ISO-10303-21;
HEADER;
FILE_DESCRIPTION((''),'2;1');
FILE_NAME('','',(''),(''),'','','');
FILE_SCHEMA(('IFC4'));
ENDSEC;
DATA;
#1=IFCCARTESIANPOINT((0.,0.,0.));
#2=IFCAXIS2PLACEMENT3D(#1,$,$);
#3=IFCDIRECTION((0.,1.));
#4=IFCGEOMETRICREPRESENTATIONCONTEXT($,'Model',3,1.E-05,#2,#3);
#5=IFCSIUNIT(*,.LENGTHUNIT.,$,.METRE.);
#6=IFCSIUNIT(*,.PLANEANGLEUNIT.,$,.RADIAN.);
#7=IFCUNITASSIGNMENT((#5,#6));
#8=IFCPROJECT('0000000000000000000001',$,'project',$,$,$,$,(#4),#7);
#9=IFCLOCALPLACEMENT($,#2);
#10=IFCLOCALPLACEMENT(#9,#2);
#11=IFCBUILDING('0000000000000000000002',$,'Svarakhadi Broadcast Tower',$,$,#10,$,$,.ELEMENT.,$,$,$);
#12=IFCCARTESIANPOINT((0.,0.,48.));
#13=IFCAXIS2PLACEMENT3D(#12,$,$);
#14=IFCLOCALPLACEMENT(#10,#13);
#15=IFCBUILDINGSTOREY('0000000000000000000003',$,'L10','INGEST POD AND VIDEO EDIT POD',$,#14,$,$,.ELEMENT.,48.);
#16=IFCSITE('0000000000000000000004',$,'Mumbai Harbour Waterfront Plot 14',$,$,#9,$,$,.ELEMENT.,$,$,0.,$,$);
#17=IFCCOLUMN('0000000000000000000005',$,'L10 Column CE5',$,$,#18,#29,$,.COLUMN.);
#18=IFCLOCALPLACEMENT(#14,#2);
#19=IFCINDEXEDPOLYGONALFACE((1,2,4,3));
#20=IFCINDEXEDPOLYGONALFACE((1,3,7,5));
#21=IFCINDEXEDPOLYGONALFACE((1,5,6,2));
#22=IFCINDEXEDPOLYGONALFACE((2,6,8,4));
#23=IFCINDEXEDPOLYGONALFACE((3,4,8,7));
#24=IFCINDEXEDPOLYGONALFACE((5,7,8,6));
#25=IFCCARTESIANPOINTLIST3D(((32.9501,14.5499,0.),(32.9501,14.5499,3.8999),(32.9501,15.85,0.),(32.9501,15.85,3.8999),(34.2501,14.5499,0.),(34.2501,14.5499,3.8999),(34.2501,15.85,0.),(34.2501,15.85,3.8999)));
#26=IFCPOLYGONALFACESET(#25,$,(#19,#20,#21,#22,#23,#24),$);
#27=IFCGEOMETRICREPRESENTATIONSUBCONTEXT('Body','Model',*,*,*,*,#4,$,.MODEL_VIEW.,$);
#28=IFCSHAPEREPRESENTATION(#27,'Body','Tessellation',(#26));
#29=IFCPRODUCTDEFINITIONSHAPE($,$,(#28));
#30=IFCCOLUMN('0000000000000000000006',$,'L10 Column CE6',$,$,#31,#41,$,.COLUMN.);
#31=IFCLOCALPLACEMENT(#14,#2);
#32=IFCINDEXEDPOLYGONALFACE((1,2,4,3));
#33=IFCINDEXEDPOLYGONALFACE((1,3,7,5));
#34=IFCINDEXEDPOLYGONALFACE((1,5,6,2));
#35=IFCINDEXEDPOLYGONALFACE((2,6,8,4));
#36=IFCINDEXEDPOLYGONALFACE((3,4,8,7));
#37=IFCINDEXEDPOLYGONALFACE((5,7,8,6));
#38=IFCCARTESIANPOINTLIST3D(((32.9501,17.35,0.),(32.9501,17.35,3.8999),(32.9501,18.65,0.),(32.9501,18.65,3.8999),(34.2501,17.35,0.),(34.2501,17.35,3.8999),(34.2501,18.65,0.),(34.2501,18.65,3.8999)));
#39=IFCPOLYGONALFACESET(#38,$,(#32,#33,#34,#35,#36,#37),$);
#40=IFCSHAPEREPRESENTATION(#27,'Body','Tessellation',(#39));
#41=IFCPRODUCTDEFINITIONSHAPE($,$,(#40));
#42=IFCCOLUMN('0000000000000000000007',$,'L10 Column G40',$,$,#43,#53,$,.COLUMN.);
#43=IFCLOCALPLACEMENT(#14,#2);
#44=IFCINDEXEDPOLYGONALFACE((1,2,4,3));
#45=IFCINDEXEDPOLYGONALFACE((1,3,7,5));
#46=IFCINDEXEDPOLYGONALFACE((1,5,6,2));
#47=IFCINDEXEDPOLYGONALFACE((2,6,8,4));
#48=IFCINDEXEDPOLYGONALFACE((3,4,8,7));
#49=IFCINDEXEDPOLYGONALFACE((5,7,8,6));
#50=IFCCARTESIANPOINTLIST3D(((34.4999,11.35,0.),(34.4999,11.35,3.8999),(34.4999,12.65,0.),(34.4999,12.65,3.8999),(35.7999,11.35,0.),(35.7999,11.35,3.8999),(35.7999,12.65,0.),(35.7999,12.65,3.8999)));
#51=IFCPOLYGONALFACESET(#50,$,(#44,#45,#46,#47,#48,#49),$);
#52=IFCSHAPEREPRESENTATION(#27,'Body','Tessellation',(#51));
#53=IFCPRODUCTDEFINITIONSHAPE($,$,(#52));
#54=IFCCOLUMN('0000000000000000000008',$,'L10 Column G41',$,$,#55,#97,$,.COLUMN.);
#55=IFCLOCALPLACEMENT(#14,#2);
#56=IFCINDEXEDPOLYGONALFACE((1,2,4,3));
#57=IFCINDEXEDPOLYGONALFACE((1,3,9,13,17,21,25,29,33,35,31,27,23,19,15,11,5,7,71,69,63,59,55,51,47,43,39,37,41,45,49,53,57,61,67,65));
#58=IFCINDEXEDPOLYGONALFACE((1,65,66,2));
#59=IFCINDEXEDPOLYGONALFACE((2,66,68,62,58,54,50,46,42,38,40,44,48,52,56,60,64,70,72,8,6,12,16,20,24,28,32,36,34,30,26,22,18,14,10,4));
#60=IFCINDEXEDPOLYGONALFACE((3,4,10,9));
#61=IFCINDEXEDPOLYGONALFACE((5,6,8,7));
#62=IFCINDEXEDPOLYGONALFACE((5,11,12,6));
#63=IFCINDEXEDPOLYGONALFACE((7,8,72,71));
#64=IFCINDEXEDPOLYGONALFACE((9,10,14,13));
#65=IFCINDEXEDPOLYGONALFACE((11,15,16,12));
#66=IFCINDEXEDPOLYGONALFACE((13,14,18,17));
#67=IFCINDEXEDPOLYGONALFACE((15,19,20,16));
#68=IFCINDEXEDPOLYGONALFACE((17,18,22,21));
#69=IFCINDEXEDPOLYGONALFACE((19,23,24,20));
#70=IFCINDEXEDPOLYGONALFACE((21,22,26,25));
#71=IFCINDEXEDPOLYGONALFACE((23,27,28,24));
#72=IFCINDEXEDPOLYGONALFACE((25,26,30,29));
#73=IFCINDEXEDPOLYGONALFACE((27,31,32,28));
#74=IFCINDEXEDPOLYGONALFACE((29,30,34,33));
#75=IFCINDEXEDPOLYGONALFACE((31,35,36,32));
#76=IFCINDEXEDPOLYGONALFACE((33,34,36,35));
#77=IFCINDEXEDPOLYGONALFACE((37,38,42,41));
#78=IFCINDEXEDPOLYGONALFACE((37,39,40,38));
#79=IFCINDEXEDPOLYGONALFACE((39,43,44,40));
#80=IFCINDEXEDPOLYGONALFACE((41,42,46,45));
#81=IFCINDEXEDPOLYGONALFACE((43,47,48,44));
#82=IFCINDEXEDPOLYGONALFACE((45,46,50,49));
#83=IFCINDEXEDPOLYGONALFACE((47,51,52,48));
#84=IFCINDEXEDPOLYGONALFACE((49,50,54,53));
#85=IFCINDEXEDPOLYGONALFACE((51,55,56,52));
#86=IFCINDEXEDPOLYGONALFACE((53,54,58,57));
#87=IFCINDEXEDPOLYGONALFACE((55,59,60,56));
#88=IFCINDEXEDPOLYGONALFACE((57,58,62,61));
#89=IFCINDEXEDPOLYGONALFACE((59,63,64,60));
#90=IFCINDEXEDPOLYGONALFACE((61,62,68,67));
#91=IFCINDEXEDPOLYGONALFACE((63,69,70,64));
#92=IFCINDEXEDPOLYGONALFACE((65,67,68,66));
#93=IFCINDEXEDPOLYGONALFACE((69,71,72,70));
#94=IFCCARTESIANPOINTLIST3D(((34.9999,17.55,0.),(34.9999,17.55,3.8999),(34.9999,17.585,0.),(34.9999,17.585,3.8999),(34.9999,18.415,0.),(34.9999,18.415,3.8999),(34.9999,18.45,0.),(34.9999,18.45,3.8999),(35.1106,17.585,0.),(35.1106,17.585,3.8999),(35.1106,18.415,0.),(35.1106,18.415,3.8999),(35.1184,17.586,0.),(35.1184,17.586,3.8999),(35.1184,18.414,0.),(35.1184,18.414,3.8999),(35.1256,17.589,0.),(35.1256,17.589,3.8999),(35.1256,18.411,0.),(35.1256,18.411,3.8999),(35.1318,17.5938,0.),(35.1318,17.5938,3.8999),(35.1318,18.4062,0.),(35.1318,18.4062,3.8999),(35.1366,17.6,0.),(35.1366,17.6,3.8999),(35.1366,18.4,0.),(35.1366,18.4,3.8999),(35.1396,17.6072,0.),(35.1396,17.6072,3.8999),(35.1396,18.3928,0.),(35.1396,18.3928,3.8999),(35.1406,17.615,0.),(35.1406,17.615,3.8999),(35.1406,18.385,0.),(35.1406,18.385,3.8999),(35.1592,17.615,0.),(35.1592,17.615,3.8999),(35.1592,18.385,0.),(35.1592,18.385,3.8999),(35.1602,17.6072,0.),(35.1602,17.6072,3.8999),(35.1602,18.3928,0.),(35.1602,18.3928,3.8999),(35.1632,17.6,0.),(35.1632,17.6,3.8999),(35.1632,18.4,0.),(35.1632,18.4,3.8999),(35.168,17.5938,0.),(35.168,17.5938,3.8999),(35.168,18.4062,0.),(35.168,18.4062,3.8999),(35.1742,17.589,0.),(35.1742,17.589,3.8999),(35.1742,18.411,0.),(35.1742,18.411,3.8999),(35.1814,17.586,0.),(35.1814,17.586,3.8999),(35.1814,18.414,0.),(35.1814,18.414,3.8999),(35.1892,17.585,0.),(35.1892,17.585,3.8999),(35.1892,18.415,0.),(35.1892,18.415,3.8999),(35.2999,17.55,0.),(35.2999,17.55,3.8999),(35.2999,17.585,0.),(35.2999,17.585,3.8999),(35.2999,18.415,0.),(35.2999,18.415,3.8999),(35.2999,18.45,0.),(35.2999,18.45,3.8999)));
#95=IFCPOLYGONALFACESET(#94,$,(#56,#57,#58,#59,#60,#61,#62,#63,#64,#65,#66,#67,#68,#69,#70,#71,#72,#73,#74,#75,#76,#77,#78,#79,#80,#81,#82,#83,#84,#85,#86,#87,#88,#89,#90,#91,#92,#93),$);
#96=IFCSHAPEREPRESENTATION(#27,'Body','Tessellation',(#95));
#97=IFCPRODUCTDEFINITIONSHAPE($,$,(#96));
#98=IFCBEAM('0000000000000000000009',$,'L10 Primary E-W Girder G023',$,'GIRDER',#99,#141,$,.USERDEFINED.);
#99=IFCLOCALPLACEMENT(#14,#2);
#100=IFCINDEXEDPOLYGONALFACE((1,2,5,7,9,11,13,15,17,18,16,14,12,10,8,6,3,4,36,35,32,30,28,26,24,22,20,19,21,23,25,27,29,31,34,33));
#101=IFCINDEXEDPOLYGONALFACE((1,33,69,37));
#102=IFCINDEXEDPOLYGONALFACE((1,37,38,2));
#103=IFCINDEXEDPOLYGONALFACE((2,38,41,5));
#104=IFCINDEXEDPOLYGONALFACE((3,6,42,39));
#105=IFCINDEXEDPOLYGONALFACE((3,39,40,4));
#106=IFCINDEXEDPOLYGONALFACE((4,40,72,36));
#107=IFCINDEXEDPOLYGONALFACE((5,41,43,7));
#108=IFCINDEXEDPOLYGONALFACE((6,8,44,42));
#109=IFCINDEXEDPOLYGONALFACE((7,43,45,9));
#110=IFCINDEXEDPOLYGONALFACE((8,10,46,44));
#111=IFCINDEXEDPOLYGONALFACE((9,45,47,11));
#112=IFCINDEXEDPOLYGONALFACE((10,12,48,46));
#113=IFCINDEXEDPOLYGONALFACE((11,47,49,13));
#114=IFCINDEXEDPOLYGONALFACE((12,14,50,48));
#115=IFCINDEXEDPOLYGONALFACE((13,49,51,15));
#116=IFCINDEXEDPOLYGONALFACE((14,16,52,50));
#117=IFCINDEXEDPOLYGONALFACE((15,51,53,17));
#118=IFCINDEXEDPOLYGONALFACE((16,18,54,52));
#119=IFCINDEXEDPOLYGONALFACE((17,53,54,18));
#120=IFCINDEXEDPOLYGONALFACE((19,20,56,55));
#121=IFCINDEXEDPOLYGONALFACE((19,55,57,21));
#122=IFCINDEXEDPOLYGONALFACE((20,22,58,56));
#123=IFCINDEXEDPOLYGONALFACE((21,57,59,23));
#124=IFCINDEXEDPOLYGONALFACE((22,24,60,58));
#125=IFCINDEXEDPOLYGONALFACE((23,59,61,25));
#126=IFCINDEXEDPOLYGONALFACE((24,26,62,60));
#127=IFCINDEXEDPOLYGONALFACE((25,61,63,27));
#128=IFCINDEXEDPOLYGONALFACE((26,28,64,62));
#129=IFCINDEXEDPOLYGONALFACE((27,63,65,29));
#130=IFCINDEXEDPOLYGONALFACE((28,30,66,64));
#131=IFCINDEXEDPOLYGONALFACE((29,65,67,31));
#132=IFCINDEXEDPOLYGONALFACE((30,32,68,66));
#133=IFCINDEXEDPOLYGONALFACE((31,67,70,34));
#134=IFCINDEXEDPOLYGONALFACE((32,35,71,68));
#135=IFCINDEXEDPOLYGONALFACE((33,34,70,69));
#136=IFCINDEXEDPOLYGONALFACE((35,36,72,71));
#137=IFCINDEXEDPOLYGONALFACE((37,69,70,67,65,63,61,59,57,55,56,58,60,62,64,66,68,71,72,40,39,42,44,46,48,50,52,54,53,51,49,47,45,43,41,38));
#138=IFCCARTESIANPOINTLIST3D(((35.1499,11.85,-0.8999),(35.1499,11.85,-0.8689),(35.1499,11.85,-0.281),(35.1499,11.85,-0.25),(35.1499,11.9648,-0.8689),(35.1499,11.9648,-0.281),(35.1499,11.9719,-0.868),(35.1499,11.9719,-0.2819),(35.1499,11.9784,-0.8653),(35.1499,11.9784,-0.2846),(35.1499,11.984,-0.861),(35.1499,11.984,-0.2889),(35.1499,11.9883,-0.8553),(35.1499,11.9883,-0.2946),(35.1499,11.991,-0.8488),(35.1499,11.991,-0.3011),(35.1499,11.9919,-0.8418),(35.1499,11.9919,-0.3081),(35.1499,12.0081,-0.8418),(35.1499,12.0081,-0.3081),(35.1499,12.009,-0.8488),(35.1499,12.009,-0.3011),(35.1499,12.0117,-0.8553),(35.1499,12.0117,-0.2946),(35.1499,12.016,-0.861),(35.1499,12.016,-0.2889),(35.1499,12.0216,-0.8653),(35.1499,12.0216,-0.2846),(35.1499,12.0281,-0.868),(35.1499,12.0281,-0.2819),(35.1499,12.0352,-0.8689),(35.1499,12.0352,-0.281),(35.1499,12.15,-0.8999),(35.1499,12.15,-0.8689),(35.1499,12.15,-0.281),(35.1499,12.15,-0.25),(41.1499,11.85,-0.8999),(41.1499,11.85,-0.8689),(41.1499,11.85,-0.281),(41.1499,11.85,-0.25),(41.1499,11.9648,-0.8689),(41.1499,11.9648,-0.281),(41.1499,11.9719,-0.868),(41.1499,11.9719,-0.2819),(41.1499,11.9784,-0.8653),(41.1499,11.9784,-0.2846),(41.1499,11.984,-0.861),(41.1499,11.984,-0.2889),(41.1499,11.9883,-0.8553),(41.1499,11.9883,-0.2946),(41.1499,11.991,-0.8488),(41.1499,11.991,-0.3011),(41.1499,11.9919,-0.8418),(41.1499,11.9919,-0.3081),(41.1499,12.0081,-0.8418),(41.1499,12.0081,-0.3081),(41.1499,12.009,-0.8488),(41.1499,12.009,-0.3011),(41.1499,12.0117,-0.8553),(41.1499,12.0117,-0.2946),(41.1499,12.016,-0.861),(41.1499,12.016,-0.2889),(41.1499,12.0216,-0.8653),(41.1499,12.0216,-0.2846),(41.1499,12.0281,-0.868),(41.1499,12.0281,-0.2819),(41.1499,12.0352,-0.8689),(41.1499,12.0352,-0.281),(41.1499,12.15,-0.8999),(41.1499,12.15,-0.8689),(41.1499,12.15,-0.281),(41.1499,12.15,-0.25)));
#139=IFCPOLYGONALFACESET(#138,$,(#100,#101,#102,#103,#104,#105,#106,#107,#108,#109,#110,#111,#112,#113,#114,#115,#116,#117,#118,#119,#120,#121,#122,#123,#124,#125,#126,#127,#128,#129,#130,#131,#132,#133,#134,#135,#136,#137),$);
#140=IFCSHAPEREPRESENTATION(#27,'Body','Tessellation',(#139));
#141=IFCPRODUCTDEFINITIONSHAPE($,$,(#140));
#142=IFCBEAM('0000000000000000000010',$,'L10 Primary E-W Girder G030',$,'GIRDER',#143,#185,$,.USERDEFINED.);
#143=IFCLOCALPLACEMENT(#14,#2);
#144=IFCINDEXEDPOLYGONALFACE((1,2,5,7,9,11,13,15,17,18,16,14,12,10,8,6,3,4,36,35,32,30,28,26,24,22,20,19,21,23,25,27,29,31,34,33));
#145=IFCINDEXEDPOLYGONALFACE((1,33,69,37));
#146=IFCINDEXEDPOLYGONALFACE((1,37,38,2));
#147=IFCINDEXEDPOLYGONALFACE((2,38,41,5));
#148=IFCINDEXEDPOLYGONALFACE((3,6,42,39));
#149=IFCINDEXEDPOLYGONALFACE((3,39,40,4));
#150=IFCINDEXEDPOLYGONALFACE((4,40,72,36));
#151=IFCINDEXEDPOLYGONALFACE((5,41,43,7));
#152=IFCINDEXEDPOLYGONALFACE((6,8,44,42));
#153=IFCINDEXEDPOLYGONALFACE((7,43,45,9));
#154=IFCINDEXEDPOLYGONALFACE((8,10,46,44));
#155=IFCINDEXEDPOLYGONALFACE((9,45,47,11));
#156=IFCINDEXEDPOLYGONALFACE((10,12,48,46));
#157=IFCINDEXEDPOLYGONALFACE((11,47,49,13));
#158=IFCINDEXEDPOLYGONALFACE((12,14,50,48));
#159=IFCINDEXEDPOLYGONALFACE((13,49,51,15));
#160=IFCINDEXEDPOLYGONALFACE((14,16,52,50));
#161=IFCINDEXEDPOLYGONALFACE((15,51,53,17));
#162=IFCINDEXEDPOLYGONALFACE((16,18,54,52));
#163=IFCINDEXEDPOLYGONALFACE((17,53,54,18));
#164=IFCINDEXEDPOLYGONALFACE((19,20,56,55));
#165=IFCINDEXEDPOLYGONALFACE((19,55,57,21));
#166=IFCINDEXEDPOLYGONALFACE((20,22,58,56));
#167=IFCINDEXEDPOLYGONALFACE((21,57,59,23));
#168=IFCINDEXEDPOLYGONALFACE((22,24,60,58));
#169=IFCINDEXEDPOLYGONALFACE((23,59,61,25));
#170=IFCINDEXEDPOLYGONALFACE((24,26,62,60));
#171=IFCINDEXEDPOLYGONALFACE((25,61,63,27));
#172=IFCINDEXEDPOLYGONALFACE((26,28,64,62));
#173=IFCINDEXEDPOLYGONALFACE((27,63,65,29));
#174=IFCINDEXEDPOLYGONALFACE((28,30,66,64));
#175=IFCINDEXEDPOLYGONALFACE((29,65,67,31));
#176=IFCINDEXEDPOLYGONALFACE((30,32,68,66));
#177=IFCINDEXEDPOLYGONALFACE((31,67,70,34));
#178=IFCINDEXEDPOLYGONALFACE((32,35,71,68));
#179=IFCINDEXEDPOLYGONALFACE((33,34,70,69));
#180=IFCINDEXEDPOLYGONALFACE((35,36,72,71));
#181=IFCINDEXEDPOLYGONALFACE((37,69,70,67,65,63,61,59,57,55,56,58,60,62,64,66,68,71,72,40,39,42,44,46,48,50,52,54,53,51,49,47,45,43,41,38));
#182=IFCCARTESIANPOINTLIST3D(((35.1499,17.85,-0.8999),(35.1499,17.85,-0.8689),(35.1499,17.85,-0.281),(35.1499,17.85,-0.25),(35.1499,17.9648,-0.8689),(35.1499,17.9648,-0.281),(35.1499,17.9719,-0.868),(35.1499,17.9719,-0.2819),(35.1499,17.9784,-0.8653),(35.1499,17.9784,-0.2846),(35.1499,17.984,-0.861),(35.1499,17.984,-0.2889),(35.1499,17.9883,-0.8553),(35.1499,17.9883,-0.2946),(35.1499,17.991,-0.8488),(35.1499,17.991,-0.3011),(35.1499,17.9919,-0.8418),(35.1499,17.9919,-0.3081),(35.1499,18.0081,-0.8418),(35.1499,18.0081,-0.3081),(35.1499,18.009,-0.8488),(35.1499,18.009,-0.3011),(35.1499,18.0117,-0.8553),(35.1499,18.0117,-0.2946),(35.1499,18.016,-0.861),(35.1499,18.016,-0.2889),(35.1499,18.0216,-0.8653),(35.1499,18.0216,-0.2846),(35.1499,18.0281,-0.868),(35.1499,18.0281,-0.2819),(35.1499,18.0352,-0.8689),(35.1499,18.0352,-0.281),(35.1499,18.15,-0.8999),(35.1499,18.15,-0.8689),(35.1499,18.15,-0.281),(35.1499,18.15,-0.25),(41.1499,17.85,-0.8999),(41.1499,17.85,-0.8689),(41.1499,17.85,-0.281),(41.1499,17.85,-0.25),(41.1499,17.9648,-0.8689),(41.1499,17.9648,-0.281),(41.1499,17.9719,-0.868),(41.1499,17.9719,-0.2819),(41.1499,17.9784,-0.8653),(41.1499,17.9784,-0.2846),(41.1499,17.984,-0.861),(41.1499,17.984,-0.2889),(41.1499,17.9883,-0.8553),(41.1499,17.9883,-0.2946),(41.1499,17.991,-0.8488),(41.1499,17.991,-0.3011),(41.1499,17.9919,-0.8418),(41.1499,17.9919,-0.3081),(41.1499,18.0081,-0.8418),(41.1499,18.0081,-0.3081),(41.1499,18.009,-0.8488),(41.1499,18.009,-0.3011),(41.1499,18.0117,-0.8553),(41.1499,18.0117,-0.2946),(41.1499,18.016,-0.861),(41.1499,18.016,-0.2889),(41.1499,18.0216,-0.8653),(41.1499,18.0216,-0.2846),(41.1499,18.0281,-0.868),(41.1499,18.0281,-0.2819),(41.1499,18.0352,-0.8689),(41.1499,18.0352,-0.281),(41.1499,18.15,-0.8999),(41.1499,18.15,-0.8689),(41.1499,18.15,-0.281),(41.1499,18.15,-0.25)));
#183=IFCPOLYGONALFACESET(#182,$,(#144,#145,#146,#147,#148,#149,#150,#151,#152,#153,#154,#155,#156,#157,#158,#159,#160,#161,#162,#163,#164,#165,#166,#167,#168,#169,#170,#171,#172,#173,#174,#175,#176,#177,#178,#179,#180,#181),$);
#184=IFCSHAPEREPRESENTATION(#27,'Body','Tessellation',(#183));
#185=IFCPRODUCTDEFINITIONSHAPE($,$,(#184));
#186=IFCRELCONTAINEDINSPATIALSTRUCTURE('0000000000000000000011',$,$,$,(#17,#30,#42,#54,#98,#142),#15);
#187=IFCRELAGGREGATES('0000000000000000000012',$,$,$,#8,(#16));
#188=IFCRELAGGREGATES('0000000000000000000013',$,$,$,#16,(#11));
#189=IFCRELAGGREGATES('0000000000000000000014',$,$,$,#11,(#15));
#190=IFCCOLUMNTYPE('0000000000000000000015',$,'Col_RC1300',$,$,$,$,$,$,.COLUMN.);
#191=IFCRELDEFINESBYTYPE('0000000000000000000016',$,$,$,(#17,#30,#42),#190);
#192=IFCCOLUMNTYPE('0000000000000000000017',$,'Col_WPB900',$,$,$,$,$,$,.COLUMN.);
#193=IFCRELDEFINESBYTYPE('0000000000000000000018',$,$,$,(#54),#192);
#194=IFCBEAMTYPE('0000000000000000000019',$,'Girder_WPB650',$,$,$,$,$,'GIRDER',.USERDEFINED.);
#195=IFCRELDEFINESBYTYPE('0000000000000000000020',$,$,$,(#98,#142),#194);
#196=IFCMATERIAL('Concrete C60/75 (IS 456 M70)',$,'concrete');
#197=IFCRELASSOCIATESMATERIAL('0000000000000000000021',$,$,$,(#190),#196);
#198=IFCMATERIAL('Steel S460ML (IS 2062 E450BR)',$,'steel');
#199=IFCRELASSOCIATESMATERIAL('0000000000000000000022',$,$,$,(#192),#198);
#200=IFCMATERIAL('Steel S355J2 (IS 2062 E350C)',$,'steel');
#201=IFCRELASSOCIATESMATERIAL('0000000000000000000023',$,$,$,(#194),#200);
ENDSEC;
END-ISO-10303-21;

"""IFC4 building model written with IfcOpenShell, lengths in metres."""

from ifc_helpers import new_model, si_unit, direction, frame, origin, origin_2d, place, context, subcontext, project, spatial, rectangle, i_section, extrude, material, material_profile, profile_set, type_object, element, save


model = new_model("IFC4")

# Units and contexts
model_context = context("Model", 3, precision=1e-05, world=origin(), true_north=direction((0.0, 1.0)))
body_context = subcontext(model_context, "Body", "Model", "MODEL_VIEW")
ifc_project = project(units=[si_unit("LENGTHUNIT", "METRE"), si_unit("PLANEANGLEUNIT", "RADIAN")], contexts=[model_context])

# Site, building, storey
site_placement = place(None, origin())
site = spatial("IfcSite", under=ifc_project, at=site_placement, Name="Mumbai Harbour Waterfront Plot 14", CompositionType="ELEMENT", RefElevation=0.0)
building_placement = place(site_placement, origin())
building = spatial("IfcBuilding", under=site, at=building_placement, Name="Svarakhadi Broadcast Tower", CompositionType="ELEMENT")
storey_placement = place(building_placement, frame((0.0, 0.0, 48.0)))
storey = spatial("IfcBuildingStorey", under=building, at=storey_placement, Name="L10", Description="INGEST POD AND VIDEO EDIT POD", CompositionType="ELEMENT", Elevation=48.0)

# Columns
ifc_material_1 = material(Name="Concrete C60/75 (IS 456 M70)", Category="concrete")
ifc_material_profile_1 = material_profile(ifc_material_1, rectangle(XDim=1.3, YDim=1.3, at=origin_2d()), Name="RC 1300x1300")
ifc_profile_set_1 = profile_set([ifc_material_profile_1], Name="Concrete C60/75 (IS 456 M70)")
column_type_1 = type_object("IfcColumnType", Name="Col_RC1300", PredefinedType="COLUMN", material=ifc_profile_set_1)
for number, where, z_axis, x_axis, name in (
    (1, (33.6001, 15.2, 0.0), (0.0, 0.0, 1.0), (1.0, 0.0, 0.0), "L10 Column CE5"),
    (2, (33.6001, 18.0, 0.0), (0.0, 0.0, 1.0), (1.0, 0.0, 0.0), "L10 Column CE6"),
    (3, (35.1499, 12.0, 0.0), (0.0, 0.0, 1.0), (1.0, 0.0, 0.0), "L10 Column G40"),
):
    element("IfcColumn", number, at=place(storey_placement, frame(where, z_axis=z_axis, x_axis=x_axis)), inside=storey, type_object=column_type_1, Name=name, PredefinedType="COLUMN", context=body_context, shape_type="SweptSolid", body=[
        extrude(rectangle(XDim=1.3, YDim=1.3, at=origin_2d()), origin(), (0.0, 0.0, 1.0), 3.8999),
    ])
ifc_material_2 = material(Name="Steel S460ML (IS 2062 E450BR)", Category="steel")
ifc_material_profile_2 = material_profile(ifc_material_2, i_section(OverallWidth=0.3, OverallDepth=0.8999, WebThickness=0.0186, FlangeThickness=0.0349, FilletRadius=0.03, at=origin_2d()), Name="WPB 900x300x291")
ifc_profile_set_2 = profile_set([ifc_material_profile_2], Name="Steel S460ML (IS 2062 E450BR)")
column_type_2 = type_object("IfcColumnType", Name="Col_WPB900", PredefinedType="COLUMN", material=ifc_profile_set_2)
column_placement = place(storey_placement, frame((35.1499, 18.0, 0.0), z_axis=(0.0, 0.0, 1.0), x_axis=(1.0, 0.0, 0.0)))
element("IfcColumn", 4, at=column_placement, inside=storey, type_object=column_type_2, Name="L10 Column G41", PredefinedType="COLUMN", context=body_context, shape_type="SweptSolid", body=[
    extrude(i_section(OverallWidth=0.3, OverallDepth=0.8999, WebThickness=0.0186, FlangeThickness=0.0349, FilletRadius=0.03, at=origin_2d()), origin(), (0.0, 0.0, 1.0), 3.8999),
])

# Beams
ifc_material_3 = material(Name="Steel S355J2 (IS 2062 E350C)", Category="steel")
ifc_material_profile_3 = material_profile(ifc_material_3, i_section(OverallWidth=0.3, OverallDepth=0.6499, WebThickness=0.0161, FlangeThickness=0.031, FilletRadius=0.0271, at=origin_2d()), Name="WPB 650x300x225")
ifc_profile_set_3 = profile_set([ifc_material_profile_3], Name="Steel S355J2 (IS 2062 E350C)")
beam_type = type_object("IfcBeamType", Name="Girder_WPB650", ElementType="GIRDER", PredefinedType="USERDEFINED", material=ifc_profile_set_3)
for number, where, z_axis, x_axis, name in (
    (5, (35.1499, 12.0, -0.575), (1.0, 0.0, 0.0), (0.0, 1.0, 0.0), "L10 Primary E-W Girder G023"),
    (6, (35.1499, 18.0, -0.575), (1.0, 0.0, 0.0), (0.0, 1.0, 0.0), "L10 Primary E-W Girder G030"),
):
    element("IfcBeam", number, at=place(storey_placement, frame(where, z_axis=z_axis, x_axis=x_axis)), inside=storey, type_object=beam_type, Name=name, ObjectType="GIRDER", PredefinedType="USERDEFINED", context=body_context, shape_type="SweptSolid", body=[
        extrude(i_section(OverallWidth=0.3, OverallDepth=0.6499, WebThickness=0.0161, FlangeThickness=0.031, FilletRadius=0.0271, at=origin_2d()), origin(), (0.0, 0.0, 1.0), 6.0),
    ])

save(model, "model.ifc")
